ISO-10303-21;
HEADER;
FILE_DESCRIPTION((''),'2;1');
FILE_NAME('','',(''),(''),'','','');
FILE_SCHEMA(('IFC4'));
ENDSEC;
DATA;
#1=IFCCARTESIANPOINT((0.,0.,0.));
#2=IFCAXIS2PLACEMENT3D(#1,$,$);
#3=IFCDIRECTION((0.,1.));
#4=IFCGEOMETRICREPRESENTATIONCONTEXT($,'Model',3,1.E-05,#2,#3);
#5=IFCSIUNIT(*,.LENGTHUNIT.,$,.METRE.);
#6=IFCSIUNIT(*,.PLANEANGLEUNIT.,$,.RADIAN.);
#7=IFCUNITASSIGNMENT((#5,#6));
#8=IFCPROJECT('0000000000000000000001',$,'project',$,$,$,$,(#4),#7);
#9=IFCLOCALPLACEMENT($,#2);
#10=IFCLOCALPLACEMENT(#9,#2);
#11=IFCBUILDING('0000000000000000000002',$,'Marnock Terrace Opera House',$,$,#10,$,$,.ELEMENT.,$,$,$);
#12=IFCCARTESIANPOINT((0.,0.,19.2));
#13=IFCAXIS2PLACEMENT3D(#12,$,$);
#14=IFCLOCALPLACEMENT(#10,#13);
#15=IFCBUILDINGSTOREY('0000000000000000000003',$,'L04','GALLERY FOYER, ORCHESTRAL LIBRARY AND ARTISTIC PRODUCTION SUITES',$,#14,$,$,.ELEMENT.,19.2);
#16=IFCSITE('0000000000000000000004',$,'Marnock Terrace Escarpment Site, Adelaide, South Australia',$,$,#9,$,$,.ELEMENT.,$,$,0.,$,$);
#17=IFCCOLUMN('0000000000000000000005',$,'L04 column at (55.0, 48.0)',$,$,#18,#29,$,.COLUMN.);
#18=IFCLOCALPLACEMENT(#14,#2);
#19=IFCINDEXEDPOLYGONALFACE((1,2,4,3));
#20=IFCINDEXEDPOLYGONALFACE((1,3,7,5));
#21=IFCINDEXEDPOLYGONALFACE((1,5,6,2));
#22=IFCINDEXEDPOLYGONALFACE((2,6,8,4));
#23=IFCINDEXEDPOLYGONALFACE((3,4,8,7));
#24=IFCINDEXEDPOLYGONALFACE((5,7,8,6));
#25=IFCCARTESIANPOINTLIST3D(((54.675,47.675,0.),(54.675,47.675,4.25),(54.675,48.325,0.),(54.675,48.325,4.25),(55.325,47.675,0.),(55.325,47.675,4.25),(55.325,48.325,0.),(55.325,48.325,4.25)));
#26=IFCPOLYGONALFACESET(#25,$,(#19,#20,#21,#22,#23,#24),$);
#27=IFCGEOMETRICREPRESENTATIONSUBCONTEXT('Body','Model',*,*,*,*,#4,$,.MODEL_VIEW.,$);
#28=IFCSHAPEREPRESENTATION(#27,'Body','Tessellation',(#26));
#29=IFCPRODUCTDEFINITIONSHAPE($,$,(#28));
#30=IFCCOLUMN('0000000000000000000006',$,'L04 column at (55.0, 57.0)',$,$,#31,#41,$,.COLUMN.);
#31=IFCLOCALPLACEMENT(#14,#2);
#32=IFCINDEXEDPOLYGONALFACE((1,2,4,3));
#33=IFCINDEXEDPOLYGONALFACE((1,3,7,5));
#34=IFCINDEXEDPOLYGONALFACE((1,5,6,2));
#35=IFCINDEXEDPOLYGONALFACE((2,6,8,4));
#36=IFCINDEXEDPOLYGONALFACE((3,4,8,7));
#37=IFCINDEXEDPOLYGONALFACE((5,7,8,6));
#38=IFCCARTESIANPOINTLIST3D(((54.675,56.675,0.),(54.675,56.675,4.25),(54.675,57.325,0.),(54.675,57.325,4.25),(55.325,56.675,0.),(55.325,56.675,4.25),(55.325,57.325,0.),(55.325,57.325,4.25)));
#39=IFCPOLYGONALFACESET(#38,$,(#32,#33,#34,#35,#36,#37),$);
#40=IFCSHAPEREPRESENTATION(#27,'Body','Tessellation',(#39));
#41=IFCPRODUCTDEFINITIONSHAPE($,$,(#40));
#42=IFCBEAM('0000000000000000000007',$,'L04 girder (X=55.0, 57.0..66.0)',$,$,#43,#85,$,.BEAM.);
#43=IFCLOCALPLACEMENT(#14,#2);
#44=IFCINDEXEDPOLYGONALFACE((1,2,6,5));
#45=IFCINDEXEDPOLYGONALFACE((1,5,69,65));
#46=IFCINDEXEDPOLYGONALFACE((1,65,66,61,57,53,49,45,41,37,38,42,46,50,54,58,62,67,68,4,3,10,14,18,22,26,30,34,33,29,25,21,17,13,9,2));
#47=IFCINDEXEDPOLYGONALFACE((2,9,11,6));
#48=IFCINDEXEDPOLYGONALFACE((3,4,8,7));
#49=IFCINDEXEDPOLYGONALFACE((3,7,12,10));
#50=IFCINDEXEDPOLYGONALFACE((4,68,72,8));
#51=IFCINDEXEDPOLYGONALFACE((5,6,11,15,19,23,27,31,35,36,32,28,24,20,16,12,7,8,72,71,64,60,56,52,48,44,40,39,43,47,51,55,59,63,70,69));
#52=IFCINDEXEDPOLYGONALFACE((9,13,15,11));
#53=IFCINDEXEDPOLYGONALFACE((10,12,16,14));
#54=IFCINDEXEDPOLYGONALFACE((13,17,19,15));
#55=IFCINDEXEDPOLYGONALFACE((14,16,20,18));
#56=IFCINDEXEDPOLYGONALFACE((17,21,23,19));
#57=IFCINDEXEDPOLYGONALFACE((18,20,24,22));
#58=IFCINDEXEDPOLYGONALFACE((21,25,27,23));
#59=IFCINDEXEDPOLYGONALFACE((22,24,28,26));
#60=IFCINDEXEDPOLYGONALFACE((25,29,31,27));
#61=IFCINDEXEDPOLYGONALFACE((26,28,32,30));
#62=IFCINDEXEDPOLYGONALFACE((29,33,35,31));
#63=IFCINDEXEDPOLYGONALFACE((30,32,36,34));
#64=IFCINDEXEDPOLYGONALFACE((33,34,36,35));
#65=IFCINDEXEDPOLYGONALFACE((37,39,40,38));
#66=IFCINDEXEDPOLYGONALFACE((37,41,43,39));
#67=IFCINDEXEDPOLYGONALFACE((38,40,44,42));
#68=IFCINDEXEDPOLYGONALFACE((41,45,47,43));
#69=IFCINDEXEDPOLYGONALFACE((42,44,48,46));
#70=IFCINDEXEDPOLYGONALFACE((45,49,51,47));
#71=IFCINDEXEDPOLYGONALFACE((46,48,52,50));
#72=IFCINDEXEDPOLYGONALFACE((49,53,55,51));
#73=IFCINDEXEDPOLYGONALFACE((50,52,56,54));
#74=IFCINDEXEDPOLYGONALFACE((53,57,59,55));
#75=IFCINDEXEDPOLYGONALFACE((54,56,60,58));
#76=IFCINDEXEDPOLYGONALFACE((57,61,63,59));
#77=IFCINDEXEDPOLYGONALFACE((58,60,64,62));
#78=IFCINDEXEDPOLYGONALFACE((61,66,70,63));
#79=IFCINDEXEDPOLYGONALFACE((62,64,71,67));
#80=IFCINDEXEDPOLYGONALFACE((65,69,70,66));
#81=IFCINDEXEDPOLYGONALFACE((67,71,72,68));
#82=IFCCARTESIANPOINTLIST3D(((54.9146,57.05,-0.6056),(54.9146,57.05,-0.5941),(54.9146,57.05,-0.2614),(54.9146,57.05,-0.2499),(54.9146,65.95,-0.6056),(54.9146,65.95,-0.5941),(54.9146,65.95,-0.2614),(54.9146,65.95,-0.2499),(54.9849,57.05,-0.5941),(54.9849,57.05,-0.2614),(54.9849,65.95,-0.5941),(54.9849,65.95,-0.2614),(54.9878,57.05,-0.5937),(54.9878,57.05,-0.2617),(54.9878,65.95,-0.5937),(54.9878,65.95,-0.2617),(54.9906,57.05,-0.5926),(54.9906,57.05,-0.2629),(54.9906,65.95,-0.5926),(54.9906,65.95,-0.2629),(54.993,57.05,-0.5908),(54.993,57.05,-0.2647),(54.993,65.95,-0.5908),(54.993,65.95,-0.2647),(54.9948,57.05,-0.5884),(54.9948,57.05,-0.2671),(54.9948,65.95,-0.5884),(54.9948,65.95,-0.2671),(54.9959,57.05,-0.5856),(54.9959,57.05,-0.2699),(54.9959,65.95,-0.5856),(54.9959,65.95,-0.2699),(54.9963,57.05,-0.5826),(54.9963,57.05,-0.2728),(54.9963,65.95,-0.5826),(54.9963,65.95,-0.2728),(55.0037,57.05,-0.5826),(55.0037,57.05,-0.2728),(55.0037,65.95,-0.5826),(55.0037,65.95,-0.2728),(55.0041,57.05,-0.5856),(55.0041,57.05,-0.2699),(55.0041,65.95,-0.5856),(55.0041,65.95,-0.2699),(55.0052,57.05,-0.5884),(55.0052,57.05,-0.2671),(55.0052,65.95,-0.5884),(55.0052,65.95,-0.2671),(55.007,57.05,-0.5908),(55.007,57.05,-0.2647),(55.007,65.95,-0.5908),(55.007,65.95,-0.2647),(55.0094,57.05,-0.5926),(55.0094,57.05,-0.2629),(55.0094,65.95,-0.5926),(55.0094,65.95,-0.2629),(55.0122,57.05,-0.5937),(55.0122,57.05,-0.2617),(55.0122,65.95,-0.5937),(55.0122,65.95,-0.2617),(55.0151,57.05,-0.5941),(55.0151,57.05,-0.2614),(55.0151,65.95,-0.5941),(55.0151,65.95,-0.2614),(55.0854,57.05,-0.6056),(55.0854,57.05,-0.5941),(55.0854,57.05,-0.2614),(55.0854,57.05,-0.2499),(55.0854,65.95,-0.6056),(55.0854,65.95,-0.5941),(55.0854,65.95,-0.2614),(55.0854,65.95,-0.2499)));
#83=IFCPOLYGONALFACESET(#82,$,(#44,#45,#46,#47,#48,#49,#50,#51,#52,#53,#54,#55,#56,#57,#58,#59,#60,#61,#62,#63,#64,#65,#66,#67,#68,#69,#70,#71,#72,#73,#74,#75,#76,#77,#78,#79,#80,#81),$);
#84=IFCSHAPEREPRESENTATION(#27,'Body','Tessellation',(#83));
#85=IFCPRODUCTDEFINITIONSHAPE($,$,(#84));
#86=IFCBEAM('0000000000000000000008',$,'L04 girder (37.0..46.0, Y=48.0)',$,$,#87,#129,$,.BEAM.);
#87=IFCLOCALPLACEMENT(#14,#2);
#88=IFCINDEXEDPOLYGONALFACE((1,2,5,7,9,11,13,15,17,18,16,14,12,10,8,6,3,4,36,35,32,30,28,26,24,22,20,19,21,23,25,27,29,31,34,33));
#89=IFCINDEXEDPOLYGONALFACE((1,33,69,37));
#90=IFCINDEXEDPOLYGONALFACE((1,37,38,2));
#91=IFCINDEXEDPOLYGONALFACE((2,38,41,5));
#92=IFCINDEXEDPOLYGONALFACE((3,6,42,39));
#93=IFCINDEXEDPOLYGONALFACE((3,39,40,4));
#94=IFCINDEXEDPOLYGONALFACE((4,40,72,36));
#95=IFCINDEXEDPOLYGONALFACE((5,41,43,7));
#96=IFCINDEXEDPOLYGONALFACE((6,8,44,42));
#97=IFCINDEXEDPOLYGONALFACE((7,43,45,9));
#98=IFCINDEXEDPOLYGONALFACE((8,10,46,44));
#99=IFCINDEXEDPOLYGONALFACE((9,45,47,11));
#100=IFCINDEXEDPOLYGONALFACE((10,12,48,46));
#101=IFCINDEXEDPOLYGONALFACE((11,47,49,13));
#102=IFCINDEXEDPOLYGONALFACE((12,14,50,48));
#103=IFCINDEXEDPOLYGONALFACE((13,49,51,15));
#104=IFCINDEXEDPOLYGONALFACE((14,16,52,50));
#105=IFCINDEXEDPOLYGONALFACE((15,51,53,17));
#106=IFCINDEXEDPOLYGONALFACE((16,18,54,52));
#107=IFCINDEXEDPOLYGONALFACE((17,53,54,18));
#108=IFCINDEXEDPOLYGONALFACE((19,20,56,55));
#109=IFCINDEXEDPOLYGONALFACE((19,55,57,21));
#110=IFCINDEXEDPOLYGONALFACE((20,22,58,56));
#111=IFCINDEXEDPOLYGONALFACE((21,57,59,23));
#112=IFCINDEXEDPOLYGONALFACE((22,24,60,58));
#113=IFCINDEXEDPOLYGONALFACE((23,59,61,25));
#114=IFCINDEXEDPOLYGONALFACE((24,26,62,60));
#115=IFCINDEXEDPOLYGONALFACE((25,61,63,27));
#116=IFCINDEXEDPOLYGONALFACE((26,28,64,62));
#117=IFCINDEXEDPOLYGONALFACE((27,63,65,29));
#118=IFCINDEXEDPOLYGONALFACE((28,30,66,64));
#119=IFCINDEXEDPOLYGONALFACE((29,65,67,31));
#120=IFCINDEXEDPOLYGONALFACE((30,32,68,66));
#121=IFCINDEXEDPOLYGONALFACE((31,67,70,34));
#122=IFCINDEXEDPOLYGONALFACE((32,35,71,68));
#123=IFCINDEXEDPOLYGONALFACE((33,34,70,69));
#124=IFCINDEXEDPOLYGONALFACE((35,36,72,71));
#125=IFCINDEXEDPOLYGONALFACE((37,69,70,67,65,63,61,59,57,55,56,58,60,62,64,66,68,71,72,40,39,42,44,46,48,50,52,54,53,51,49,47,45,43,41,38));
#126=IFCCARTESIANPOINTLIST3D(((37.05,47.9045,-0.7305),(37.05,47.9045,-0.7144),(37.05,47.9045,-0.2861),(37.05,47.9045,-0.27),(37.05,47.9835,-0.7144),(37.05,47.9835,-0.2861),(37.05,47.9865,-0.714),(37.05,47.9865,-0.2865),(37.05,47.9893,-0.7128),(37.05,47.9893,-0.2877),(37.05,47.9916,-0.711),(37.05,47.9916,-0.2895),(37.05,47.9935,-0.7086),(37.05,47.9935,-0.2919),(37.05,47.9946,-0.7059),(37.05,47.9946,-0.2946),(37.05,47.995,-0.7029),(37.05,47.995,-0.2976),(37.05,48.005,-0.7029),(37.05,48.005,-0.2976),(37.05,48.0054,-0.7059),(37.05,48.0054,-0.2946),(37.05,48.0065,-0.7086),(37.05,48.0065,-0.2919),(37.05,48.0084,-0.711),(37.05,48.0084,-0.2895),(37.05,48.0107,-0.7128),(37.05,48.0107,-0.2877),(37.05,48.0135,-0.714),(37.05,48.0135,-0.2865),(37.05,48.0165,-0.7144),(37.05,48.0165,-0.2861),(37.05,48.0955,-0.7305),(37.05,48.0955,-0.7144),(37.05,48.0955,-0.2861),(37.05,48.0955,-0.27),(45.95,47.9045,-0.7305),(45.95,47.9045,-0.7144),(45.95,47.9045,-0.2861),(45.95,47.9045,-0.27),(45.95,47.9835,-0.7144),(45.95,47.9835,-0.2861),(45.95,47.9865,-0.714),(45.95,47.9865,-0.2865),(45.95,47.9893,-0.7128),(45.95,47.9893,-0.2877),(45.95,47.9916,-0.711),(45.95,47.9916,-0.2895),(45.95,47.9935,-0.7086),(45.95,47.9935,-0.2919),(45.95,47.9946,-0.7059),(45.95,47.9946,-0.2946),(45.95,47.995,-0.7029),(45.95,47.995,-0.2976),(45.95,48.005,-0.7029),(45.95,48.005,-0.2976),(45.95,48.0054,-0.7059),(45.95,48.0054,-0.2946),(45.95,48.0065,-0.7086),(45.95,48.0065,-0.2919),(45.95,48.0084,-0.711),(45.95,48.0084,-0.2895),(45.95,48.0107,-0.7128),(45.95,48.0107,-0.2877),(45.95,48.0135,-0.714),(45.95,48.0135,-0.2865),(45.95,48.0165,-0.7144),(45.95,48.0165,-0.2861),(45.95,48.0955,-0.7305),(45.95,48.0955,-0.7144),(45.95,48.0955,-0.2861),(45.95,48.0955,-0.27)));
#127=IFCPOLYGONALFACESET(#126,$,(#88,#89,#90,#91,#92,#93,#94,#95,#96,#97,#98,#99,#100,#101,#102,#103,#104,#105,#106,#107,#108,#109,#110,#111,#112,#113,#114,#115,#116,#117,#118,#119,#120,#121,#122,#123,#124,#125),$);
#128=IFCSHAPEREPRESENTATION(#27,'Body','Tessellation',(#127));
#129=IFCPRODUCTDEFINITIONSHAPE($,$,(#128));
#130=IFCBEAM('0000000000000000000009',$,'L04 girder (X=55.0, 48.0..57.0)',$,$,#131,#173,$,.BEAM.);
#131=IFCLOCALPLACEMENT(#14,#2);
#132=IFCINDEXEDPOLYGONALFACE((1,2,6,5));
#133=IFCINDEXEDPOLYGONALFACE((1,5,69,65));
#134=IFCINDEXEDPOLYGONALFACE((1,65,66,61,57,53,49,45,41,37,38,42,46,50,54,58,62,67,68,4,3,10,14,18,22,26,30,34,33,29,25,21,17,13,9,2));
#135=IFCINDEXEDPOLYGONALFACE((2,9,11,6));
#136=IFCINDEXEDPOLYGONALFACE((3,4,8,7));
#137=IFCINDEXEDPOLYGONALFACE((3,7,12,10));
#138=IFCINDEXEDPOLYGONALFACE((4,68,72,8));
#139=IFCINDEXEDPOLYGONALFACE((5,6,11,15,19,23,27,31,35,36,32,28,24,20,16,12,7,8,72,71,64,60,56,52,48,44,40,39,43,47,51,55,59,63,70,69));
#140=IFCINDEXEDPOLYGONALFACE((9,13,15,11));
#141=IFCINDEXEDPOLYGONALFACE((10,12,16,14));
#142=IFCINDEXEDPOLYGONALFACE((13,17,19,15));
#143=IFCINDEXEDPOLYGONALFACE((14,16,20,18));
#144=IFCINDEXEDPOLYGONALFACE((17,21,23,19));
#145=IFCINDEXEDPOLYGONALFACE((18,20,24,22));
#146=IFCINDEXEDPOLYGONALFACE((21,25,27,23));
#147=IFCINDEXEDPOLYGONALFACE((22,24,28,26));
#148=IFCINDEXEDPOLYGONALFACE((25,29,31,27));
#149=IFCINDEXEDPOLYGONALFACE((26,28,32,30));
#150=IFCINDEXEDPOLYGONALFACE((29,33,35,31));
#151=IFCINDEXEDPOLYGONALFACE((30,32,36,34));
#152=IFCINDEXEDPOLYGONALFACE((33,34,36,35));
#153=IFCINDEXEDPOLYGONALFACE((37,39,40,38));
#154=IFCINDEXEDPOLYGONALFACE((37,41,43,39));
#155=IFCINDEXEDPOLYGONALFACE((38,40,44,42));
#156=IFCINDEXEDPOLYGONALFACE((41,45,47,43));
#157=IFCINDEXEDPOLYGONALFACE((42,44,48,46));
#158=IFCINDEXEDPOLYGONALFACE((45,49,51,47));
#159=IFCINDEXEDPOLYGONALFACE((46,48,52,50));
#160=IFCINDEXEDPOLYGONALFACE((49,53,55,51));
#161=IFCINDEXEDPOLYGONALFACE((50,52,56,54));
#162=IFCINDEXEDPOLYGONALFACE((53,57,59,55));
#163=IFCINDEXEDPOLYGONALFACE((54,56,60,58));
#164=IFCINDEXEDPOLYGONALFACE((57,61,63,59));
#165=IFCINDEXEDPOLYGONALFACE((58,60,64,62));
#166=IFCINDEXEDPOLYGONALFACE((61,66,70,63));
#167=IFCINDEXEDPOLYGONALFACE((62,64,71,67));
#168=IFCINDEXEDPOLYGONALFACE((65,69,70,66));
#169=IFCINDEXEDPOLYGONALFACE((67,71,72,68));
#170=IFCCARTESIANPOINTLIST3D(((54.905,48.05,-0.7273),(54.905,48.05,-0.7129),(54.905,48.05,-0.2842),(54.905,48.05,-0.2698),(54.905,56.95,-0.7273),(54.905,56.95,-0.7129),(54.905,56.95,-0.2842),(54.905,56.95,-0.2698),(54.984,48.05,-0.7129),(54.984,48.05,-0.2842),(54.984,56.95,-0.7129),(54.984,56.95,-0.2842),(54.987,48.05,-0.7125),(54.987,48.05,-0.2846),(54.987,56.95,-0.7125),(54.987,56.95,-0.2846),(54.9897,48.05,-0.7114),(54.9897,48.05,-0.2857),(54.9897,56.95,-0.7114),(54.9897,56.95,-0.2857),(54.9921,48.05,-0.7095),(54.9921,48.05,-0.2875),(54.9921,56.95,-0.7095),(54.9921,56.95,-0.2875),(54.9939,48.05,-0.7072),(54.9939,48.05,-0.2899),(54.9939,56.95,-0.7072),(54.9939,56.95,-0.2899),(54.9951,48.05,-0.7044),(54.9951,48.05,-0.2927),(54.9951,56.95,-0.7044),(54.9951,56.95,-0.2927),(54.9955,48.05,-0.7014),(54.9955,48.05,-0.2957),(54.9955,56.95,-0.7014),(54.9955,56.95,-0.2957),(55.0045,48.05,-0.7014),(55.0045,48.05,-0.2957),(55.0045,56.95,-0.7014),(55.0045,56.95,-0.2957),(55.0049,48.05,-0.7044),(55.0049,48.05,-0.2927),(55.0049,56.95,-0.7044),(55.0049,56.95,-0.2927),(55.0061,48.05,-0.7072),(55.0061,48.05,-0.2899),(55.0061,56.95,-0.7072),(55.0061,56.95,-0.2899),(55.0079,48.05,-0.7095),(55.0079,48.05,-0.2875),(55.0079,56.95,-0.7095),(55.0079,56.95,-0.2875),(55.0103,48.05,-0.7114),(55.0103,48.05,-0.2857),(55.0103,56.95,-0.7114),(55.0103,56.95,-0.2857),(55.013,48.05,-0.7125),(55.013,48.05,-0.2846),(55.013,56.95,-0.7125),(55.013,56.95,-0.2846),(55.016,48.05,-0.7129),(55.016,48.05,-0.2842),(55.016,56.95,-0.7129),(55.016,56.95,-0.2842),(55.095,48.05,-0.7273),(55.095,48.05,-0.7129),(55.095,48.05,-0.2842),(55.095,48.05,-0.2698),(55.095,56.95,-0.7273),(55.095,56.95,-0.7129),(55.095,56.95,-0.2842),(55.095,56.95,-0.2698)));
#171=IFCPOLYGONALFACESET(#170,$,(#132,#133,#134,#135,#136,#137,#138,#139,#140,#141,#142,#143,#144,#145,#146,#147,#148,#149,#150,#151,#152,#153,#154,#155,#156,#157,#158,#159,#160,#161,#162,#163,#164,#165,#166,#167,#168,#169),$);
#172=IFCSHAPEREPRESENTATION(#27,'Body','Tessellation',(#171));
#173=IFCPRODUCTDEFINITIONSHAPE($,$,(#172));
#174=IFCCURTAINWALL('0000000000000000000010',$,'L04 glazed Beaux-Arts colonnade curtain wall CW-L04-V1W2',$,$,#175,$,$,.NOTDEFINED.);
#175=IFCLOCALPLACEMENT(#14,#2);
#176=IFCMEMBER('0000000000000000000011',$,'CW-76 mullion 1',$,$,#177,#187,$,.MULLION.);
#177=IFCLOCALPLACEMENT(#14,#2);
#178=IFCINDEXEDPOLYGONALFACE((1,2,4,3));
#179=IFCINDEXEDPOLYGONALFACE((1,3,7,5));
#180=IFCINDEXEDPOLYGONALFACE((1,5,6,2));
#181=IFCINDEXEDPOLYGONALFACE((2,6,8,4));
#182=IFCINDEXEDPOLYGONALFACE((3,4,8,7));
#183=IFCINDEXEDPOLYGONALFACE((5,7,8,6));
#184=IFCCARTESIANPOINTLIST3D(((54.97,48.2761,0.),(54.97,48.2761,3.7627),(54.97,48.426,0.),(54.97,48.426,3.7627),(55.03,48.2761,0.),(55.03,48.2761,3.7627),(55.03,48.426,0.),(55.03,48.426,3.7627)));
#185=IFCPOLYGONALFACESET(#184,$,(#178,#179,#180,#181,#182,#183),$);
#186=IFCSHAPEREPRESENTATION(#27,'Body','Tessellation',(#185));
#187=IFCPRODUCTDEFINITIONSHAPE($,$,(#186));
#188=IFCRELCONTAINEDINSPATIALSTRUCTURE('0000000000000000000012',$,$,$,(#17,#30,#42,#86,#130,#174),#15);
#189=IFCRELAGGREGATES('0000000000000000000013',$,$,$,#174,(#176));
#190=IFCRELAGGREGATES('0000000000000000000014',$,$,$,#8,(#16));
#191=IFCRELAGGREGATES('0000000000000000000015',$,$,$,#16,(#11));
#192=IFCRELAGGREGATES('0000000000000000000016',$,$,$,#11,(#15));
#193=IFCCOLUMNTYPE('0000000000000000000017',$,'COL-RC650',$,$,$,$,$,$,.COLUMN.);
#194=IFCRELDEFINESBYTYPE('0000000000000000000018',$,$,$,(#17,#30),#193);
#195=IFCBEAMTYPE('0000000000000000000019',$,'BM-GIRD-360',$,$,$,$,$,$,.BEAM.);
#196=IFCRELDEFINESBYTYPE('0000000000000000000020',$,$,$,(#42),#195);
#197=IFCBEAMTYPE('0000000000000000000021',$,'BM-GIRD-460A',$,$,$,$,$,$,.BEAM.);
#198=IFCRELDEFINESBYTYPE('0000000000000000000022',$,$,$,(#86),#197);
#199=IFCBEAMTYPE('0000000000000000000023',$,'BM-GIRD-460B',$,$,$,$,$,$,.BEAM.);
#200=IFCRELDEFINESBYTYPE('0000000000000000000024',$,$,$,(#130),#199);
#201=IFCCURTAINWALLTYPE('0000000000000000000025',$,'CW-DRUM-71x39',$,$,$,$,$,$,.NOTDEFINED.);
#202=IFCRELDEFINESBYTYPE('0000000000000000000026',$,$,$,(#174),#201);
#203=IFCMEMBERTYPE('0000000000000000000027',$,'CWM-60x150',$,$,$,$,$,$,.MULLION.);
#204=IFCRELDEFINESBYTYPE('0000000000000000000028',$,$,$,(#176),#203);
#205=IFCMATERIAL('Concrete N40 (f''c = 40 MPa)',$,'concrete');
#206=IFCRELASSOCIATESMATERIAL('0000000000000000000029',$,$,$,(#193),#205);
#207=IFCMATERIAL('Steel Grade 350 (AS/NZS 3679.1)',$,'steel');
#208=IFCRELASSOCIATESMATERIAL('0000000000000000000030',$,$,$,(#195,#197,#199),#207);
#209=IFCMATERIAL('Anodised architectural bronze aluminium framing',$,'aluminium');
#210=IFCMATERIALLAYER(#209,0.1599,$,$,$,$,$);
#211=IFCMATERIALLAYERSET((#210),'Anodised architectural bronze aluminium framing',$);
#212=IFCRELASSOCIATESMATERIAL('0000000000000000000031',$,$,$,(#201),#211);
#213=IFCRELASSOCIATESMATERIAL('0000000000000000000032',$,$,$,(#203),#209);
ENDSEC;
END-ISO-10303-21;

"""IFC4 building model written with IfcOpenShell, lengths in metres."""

from ifc_helpers import new_model, si_unit, direction, frame, origin, origin_2d, place, context, subcontext, project, spatial, rectangle, i_section, extrude, material, layer, layer_set, material_profile, profile_set, type_object, element, aggregate, save


model = new_model("IFC4")

# Units and contexts
model_context = context("Model", 3, precision=1e-05, world=origin(), true_north=direction((0.0, 1.0)))
body_context = subcontext(model_context, "Body", "Model", "MODEL_VIEW")
ifc_project = project(units=[si_unit("LENGTHUNIT", "METRE"), si_unit("PLANEANGLEUNIT", "RADIAN")], contexts=[model_context])

# Site, building, storey
site_placement = place(None, origin())
site = spatial("IfcSite", under=ifc_project, at=site_placement, Name="Marnock Terrace Escarpment Site, Adelaide, South Australia", CompositionType="ELEMENT", RefElevation=0.0)
building_placement = place(site_placement, origin())
building = spatial("IfcBuilding", under=site, at=building_placement, Name="Marnock Terrace Opera House", CompositionType="ELEMENT")
storey_placement = place(building_placement, frame((0.0, 0.0, 19.2)))
storey = spatial("IfcBuildingStorey", under=building, at=storey_placement, Name="L04", Description="GALLERY FOYER, ORCHESTRAL LIBRARY AND ARTISTIC PRODUCTION SUITES", CompositionType="ELEMENT", Elevation=19.2)

# Columns
ifc_material_1 = material(Name="Concrete N40 (f'c = 40 MPa)", Category="concrete")
ifc_material_profile_1 = material_profile(ifc_material_1, rectangle(XDim=0.6499, YDim=0.6499, at=origin_2d()))
ifc_profile_set_1 = profile_set([ifc_material_profile_1], Name="Concrete N40 (f'c = 40 MPa)")
column_type = type_object("IfcColumnType", Name="COL-RC650", PredefinedType="COLUMN", material=ifc_profile_set_1)
for number, where, z_axis, x_axis, name in (
    (1, (55.0, 48.0, 0.0), (0.0, 0.0, 1.0), (1.0, 0.0, 0.0), "L04 column at (55.0, 48.0)"),
    (2, (55.0, 57.0, 0.0), (0.0, 0.0, 1.0), (1.0, 0.0, 0.0), "L04 column at (55.0, 57.0)"),
):
    element("IfcColumn", number, at=place(storey_placement, frame(where, z_axis=z_axis, x_axis=x_axis)), inside=storey, type_object=column_type, Name=name, PredefinedType="COLUMN", context=body_context, shape_type="SweptSolid", body=[
        extrude(rectangle(XDim=0.6499, YDim=0.6499, at=origin_2d()), origin(), (0.0, 0.0, 1.0), 4.25),
    ])

# Beams
ifc_material_2 = material(Name="Steel Grade 350 (AS/NZS 3679.1)", Category="steel")
ifc_material_profile_2 = material_profile(ifc_material_2, i_section(OverallWidth=0.1709, OverallDepth=0.3557, WebThickness=0.0073, FlangeThickness=0.0115, FilletRadius=0.0115, at=origin_2d()))
ifc_profile_set_2 = profile_set([ifc_material_profile_2], Name="Steel Grade 350 (AS/NZS 3679.1)")
beam_type_1 = type_object("IfcBeamType", Name="BM-GIRD-360", PredefinedType="BEAM", material=ifc_profile_set_2)
beam_1_placement = place(storey_placement, frame((55.0, 57.05, -0.4277), z_axis=(0.0, 1.0, 0.0), x_axis=(-1.0, 0.0, 0.0)))
element("IfcBeam", 3, at=beam_1_placement, inside=storey, type_object=beam_type_1, Name="L04 girder (X=55.0, 57.0..66.0)", PredefinedType="BEAM", context=body_context, shape_type="SweptSolid", body=[
    extrude(i_section(OverallWidth=0.1709, OverallDepth=0.3557, WebThickness=0.0073, FlangeThickness=0.0115, FilletRadius=0.0115, at=origin_2d()), origin(), (0.0, 0.0, 1.0), 8.8999),
])
ifc_material_profile_3 = material_profile(ifc_material_2, i_section(OverallWidth=0.1909, OverallDepth=0.4604, WebThickness=0.01, FlangeThickness=0.0161, FilletRadius=0.0115, at=origin_2d()))
ifc_profile_set_3 = profile_set([ifc_material_profile_3], Name="Steel Grade 350 (AS/NZS 3679.1)")
beam_type_2 = type_object("IfcBeamType", Name="BM-GIRD-460A", PredefinedType="BEAM", material=ifc_profile_set_3)
beam_2_placement = place(storey_placement, frame((37.05, 48.0, -0.5002), z_axis=(1.0, 0.0, 0.0), x_axis=(0.0, 1.0, 0.0)))
element("IfcBeam", 4, at=beam_2_placement, inside=storey, type_object=beam_type_2, Name="L04 girder (37.0..46.0, Y=48.0)", PredefinedType="BEAM", context=body_context, shape_type="SweptSolid", body=[
    extrude(i_section(OverallWidth=0.1909, OverallDepth=0.4604, WebThickness=0.01, FlangeThickness=0.0161, FilletRadius=0.0115, at=origin_2d()), origin(), (0.0, 0.0, 1.0), 8.8999),
])
ifc_material_profile_4 = material_profile(ifc_material_2, i_section(OverallWidth=0.1899, OverallDepth=0.4575, WebThickness=0.009, FlangeThickness=0.0144, FilletRadius=0.0115, at=origin_2d()))
ifc_profile_set_4 = profile_set([ifc_material_profile_4], Name="Steel Grade 350 (AS/NZS 3679.1)")
beam_type_3 = type_object("IfcBeamType", Name="BM-GIRD-460B", PredefinedType="BEAM", material=ifc_profile_set_4)
beam_3_placement = place(storey_placement, frame((55.0, 48.05, -0.4985), z_axis=(0.0, 1.0, 0.0), x_axis=(-1.0, 0.0, 0.0)))
element("IfcBeam", 5, at=beam_3_placement, inside=storey, type_object=beam_type_3, Name="L04 girder (X=55.0, 48.0..57.0)", PredefinedType="BEAM", context=body_context, shape_type="SweptSolid", body=[
    extrude(i_section(OverallWidth=0.1899, OverallDepth=0.4575, WebThickness=0.009, FlangeThickness=0.0144, FilletRadius=0.0115, at=origin_2d()), origin(), (0.0, 0.0, 1.0), 8.8999),
])

# Curtain wall, member
ifc_material_3 = material(Name="Anodised architectural bronze aluminium framing", Category="aluminium")
ifc_layer_1 = layer(ifc_material_3, 0.1599)
ifc_layer_set_1 = layer_set([ifc_layer_1], Name="Anodised architectural bronze aluminium framing")
curtain_wall_type = type_object("IfcCurtainWallType", Name="CW-DRUM-71x39", PredefinedType="NOTDEFINED", material=ifc_layer_set_1)
curtain_wall_1_placement = place(storey_placement, origin())
curtain_wall_1 = element("IfcCurtainWall", 6, at=curtain_wall_1_placement, inside=storey, type_object=curtain_wall_type, Name="L04 glazed Beaux-Arts colonnade curtain wall CW-L04-V1W2", PredefinedType="NOTDEFINED")
ifc_material_profile_5 = material_profile(ifc_material_3, rectangle(XDim=0.0601, YDim=0.1499, at=origin_2d()))
ifc_profile_set_5 = profile_set([ifc_material_profile_5], Name="Anodised architectural bronze aluminium framing")
member_type_1 = type_object("IfcMemberType", Name="CWM-60x150", PredefinedType="MULLION", material=ifc_profile_set_5)
member_1_placement = place(storey_placement, frame((55.0, 48.3511, 0.0), z_axis=(0.0, 0.0, 1.0), x_axis=(-1.0, 0.0, 0.0)))
member_1 = element("IfcMember", 7, at=member_1_placement, type_object=member_type_1, Name="CW-76 mullion 1", PredefinedType="MULLION", context=body_context, shape_type="SweptSolid", body=[
    extrude(rectangle(XDim=0.0601, YDim=0.1499, at=origin_2d()), origin(), (0.0, 0.0, 1.0), 3.7627),
])

aggregate(curtain_wall_1, [member_1])

save(model, "model.ifc")
